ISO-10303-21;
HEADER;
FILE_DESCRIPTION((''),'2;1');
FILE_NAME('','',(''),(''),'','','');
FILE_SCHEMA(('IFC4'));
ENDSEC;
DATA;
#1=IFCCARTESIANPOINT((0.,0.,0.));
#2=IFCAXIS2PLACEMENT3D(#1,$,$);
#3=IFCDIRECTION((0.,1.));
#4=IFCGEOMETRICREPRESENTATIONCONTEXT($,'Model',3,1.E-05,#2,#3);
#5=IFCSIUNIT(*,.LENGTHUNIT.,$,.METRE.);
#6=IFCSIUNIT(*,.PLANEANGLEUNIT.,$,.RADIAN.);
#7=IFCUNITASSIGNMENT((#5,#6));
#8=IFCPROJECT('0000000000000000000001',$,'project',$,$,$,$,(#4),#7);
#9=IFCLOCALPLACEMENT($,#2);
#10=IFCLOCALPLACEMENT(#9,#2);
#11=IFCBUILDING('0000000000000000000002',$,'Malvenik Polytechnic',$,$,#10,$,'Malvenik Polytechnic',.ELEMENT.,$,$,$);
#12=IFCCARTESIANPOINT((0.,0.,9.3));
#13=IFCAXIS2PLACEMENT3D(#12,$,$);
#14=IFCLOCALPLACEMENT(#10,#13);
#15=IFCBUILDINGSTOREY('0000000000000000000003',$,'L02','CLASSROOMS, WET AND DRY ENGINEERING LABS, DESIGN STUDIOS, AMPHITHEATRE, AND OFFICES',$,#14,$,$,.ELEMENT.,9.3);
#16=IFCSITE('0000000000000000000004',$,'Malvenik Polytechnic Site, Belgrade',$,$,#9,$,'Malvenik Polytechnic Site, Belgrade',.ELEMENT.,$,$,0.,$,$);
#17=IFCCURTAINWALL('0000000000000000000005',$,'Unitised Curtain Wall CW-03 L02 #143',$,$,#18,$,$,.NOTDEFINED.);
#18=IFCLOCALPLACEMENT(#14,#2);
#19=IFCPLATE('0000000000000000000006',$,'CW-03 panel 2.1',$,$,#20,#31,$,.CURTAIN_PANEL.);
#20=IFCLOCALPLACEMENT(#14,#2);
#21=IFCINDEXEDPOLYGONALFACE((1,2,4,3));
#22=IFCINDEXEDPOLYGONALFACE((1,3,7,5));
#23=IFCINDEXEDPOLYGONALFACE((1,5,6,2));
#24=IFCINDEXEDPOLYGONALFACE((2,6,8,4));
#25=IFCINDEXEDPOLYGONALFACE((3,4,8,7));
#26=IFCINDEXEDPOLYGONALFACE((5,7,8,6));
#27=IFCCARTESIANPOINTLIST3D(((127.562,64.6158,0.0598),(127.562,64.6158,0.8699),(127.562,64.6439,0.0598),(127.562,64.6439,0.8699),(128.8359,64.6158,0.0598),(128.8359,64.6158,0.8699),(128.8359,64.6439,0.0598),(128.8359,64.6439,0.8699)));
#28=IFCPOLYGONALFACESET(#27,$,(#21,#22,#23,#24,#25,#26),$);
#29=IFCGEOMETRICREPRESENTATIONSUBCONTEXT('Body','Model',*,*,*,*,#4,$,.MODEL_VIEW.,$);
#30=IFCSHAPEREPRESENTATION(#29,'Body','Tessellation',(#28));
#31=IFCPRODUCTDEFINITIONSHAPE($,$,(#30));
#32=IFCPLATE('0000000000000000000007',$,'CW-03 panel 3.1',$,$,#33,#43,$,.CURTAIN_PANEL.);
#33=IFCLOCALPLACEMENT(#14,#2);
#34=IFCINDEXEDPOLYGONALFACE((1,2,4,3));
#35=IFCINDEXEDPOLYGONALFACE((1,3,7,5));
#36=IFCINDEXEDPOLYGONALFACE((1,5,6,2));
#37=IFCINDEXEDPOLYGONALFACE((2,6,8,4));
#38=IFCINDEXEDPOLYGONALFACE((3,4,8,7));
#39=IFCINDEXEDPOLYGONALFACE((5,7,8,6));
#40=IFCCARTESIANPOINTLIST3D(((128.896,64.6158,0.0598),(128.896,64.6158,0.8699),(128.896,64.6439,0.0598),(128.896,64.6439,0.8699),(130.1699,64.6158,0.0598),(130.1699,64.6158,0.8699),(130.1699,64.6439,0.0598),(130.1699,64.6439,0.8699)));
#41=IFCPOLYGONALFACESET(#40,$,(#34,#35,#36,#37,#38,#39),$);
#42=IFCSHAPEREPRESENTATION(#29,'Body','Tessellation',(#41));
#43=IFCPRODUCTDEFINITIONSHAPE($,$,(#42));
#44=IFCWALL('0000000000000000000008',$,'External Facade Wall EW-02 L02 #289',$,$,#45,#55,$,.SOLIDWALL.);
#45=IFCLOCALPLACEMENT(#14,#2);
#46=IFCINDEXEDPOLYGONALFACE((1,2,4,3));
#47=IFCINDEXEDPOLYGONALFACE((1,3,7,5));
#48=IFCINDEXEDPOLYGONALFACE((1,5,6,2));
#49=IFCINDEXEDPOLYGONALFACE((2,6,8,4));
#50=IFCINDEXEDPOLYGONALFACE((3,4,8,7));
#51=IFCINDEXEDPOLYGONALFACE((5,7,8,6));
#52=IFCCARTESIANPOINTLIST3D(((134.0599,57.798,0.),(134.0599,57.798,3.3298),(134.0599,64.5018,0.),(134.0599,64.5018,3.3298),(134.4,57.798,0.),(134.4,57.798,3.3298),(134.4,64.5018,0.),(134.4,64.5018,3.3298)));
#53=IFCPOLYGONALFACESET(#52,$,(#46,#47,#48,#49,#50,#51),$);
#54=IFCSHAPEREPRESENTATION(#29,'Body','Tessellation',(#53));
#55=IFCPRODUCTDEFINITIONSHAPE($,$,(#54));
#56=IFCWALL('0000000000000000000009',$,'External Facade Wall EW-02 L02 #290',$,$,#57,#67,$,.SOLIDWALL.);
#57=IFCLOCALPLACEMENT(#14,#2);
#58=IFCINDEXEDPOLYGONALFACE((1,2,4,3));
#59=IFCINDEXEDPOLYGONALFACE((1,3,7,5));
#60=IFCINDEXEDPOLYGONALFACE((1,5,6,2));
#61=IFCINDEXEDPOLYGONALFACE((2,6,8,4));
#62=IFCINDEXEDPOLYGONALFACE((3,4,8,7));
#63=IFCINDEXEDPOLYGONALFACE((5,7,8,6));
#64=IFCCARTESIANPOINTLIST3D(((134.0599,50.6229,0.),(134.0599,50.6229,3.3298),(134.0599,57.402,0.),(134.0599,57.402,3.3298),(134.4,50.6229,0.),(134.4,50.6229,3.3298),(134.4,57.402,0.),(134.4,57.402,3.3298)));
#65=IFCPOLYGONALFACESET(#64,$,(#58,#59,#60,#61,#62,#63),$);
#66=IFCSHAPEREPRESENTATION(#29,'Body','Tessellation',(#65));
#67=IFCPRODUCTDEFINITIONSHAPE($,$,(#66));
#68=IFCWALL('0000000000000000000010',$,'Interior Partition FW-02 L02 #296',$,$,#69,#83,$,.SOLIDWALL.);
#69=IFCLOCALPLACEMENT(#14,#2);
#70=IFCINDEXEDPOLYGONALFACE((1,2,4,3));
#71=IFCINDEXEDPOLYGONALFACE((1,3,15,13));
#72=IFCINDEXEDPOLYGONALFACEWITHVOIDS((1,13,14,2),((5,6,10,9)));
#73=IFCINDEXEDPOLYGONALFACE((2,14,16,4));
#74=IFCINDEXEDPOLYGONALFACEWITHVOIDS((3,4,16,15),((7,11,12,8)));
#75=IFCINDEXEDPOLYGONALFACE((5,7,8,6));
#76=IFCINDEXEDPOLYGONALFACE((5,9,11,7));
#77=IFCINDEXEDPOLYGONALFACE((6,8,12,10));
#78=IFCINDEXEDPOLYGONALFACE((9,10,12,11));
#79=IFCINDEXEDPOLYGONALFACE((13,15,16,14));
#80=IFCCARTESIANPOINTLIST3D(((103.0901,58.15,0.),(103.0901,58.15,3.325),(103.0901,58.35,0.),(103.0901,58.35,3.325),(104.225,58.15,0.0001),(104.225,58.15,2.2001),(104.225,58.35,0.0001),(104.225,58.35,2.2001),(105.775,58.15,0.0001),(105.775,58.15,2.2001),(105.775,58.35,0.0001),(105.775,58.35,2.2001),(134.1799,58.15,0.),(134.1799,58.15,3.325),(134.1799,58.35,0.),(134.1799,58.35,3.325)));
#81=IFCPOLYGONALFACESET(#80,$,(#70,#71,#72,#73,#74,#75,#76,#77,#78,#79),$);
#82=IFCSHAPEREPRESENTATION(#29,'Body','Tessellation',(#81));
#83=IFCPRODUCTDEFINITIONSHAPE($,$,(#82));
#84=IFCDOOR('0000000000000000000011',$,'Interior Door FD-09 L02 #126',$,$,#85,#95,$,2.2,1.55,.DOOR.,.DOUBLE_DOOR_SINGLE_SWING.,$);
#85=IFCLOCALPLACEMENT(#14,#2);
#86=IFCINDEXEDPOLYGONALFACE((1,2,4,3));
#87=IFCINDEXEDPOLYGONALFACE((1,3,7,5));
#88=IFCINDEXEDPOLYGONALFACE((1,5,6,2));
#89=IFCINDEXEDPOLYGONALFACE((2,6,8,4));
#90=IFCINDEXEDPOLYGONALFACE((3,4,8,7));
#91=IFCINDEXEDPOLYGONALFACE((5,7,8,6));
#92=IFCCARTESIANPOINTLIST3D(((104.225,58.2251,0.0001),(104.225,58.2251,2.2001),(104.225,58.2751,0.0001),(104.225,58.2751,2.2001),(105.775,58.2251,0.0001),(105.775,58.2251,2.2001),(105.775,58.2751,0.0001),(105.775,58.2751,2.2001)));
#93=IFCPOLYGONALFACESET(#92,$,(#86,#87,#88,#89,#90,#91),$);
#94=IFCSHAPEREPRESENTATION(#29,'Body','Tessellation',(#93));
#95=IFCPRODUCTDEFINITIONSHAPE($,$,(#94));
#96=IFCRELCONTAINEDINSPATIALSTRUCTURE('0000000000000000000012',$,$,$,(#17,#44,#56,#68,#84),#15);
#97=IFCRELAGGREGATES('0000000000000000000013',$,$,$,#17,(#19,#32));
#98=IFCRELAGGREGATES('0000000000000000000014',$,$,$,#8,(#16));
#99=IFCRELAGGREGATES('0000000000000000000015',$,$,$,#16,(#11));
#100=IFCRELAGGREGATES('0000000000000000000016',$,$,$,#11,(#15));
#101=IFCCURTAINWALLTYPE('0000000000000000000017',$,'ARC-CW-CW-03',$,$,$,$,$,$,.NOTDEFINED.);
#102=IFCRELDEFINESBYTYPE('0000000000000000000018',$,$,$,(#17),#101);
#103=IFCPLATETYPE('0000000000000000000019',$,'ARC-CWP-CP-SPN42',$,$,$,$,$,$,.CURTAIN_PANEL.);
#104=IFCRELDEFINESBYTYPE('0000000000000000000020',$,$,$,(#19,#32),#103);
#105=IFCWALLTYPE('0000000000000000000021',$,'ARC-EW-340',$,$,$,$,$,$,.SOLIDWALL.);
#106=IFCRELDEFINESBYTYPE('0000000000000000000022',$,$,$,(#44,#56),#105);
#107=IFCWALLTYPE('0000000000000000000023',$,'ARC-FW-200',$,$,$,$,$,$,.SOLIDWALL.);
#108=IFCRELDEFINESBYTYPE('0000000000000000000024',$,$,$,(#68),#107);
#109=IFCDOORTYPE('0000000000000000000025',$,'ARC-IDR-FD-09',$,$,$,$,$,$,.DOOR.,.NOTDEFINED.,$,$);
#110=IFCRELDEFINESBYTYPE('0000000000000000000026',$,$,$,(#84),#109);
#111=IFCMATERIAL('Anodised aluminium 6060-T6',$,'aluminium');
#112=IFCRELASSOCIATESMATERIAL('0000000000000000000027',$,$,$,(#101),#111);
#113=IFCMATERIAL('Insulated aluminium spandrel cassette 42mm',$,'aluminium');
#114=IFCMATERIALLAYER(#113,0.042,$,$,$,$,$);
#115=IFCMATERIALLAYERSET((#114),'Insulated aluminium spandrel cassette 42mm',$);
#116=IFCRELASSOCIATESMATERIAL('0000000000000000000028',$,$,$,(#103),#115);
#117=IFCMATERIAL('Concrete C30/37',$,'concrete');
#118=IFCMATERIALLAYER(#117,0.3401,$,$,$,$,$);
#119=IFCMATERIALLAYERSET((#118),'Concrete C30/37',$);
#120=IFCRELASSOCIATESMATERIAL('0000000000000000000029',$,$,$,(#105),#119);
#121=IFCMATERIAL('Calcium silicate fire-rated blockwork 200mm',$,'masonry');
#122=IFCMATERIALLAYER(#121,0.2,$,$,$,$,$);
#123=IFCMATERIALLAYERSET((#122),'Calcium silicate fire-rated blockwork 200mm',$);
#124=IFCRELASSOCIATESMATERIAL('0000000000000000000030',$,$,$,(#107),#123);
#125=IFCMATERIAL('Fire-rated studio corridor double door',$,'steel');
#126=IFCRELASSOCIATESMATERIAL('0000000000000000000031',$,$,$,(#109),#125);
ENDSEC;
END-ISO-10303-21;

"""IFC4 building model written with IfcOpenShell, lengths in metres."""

from ifc_helpers import new_model, si_unit, direction, frame, frame_2d, origin, origin_2d, place, context, subcontext, project, spatial, rectangle, extrude, material, layer, layer_set, type_object, element, fill, aggregate, save


model = new_model("IFC4")

# Units and contexts
model_context = context("Model", 3, precision=1e-05, world=origin(), true_north=direction((0.0, 1.0)))
body_context = subcontext(model_context, "Body", "Model", "MODEL_VIEW")
ifc_project = project(units=[si_unit("LENGTHUNIT", "METRE"), si_unit("PLANEANGLEUNIT", "RADIAN")], contexts=[model_context])

# Site, building, storey
site_placement = place(None, origin())
site = spatial("IfcSite", under=ifc_project, at=site_placement, Name="Malvenik Polytechnic Site, Belgrade", LongName="Malvenik Polytechnic Site, Belgrade", CompositionType="ELEMENT", RefElevation=0.0)
building_placement = place(site_placement, origin())
building = spatial("IfcBuilding", under=site, at=building_placement, Name="Malvenik Polytechnic", LongName="Malvenik Polytechnic", CompositionType="ELEMENT")
storey_placement = place(building_placement, frame((0.0, 0.0, 9.3)))
storey = spatial("IfcBuildingStorey", under=building, at=storey_placement, Name="L02", Description="CLASSROOMS, WET AND DRY ENGINEERING LABS, DESIGN STUDIOS, AMPHITHEATRE, AND OFFICES", CompositionType="ELEMENT", Elevation=9.3)

# Curtain wall
ifc_material_1 = material(Name="Anodised aluminium 6060-T6", Category="aluminium")
curtain_wall_type = type_object("IfcCurtainWallType", Name="ARC-CW-CW-03", PredefinedType="NOTDEFINED", material=ifc_material_1)
curtain_wall_1_placement = place(storey_placement, origin())
curtain_wall_1 = element("IfcCurtainWall", 1, at=curtain_wall_1_placement, inside=storey, type_object=curtain_wall_type, Name="Unitised Curtain Wall CW-03 L02 #143", PredefinedType="NOTDEFINED")

# Shared definitions
ifc_material_2 = material(Name="Concrete C30/37", Category="concrete")

# Plates
ifc_material_3 = material(Name="Insulated aluminium spandrel cassette 42mm", Category="aluminium")
ifc_layer_1 = layer(ifc_material_3, 0.042)
ifc_layer_set_1 = layer_set([ifc_layer_1], Name="Insulated aluminium spandrel cassette 42mm")
plate_type_1 = type_object("IfcPlateType", Name="ARC-CWP-CP-SPN42", PredefinedType="CURTAIN_PANEL", material=ifc_layer_set_1)
plate_1_placement = place(storey_placement, frame((128.199, 64.6299, 0.0598), z_axis=(0.0, 0.0, 1.0), x_axis=(1.0, 0.0, 0.0)))
plate_1 = element("IfcPlate", 2, at=plate_1_placement, type_object=plate_type_1, Name="CW-03 panel 2.1", PredefinedType="CURTAIN_PANEL", context=body_context, shape_type="SweptSolid", body=[
    extrude(rectangle(XDim=1.2739, YDim=0.0281, at=origin_2d()), origin(), (0.0, 0.0, 1.0), 0.8101),
])
plate_2_placement = place(storey_placement, frame((129.533, 64.6299, 0.0598), z_axis=(0.0, 0.0, 1.0), x_axis=(1.0, 0.0, 0.0)))
plate_2 = element("IfcPlate", 3, at=plate_2_placement, type_object=plate_type_1, Name="CW-03 panel 3.1", PredefinedType="CURTAIN_PANEL", context=body_context, shape_type="SweptSolid", body=[
    extrude(rectangle(XDim=1.2739, YDim=0.0281, at=origin_2d()), origin(), (0.0, 0.0, 1.0), 0.8101),
])
aggregate(curtain_wall_1, [plate_1, plate_2])

# Walls
ifc_layer_2 = layer(ifc_material_2, 0.3401)
ifc_layer_set_2 = layer_set([ifc_layer_2], Name="Concrete C30/37")
wall_type_1 = type_object("IfcWallType", Name="ARC-EW-340", PredefinedType="SOLIDWALL", material=ifc_layer_set_2)
wall_1_placement = place(storey_placement, frame((134.23, 64.502, 0.0), z_axis=(0.0, 0.0, 1.0), x_axis=(0.0, -1.0, 0.0)))
element("IfcWall", 4, at=wall_1_placement, inside=storey, type_object=wall_type_1, Name="External Facade Wall EW-02 L02 #289", PredefinedType="SOLIDWALL", context=body_context, shape_type="SweptSolid", body=[
    extrude(rectangle(XDim=6.7039, YDim=0.3401, at=frame_2d((3.3521, 0.0))), origin(), (0.0, 0.0, 1.0), 3.3298),
])
wall_2_placement = place(storey_placement, frame((134.23, 57.4021, 0.0), z_axis=(0.0, 0.0, 1.0), x_axis=(0.0, -1.0, 0.0)))
element("IfcWall", 5, at=wall_2_placement, inside=storey, type_object=wall_type_1, Name="External Facade Wall EW-02 L02 #290", PredefinedType="SOLIDWALL", context=body_context, shape_type="SweptSolid", body=[
    extrude(rectangle(XDim=6.7791, YDim=0.3401, at=frame_2d((3.3896, 0.0))), origin(), (0.0, 0.0, 1.0), 3.3298),
])

# Wall, opening, door
ifc_material_4 = material(Name="Calcium silicate fire-rated blockwork 200mm", Category="masonry")
ifc_layer_3 = layer(ifc_material_4, 0.2)
ifc_layer_set_3 = layer_set([ifc_layer_3], Name="Calcium silicate fire-rated blockwork 200mm")
wall_type_2 = type_object("IfcWallType", Name="ARC-FW-200", PredefinedType="SOLIDWALL", material=ifc_layer_set_3)
wall_3_placement = place(storey_placement, frame((134.1799, 58.25, 0.0), z_axis=(0.0, 0.0, 1.0), x_axis=(-1.0, 0.0, 0.0)))
wall_3 = element("IfcWall", 6, at=wall_3_placement, inside=storey, type_object=wall_type_2, Name="Interior Partition FW-02 L02 #296", PredefinedType="SOLIDWALL", context=body_context, shape_type="SweptSolid", body=[
    extrude(rectangle(XDim=31.0898, YDim=0.2, at=frame_2d((15.5449, 0.0))), origin(), (0.0, 0.0, 1.0), 3.325),
])
opening_placement = place(wall_3_placement, frame((28.405, 0.0, 0.0)))
opening = element("IfcOpeningElement", 7, at=opening_placement, cuts=wall_3, PredefinedType="OPENING", context=body_context, shape_type="SweptSolid", body=[
    extrude(rectangle(XDim=1.55, YDim=2.2, at=frame_2d((0.7749, 1.1001))), frame((0.0, 0.1099, 0.0), z_axis=(0.0, -1.0, 0.0), x_axis=(1.0, 0.0, 0.0)), (0.0, 0.0, 1.0), 0.22),
])
ifc_material_5 = material(Name="Fire-rated studio corridor double door", Category="steel")
door_type = type_object("IfcDoorType", Name="ARC-IDR-FD-09", OperationType="NOTDEFINED", PredefinedType="DOOR", material=ifc_material_5)
door_placement = place(opening_placement, origin())
door = element("IfcDoor", 8, at=door_placement, inside=storey, type_object=door_type, Name="Interior Door FD-09 L02 #126", OperationType="DOUBLE_DOOR_SINGLE_SWING", OverallHeight=2.2, OverallWidth=1.55, PredefinedType="DOOR", context=body_context, shape_type="SweptSolid", body=[
    extrude(rectangle(XDim=1.55, YDim=2.2, at=frame_2d((0.7749, 1.1001))), frame((0.0, 0.0249, 0.0), z_axis=(0.0, -1.0, 0.0), x_axis=(1.0, 0.0, 0.0)), (0.0, 0.0, 1.0), 0.05),
])
fill(opening, door)

save(model, "model.ifc")
